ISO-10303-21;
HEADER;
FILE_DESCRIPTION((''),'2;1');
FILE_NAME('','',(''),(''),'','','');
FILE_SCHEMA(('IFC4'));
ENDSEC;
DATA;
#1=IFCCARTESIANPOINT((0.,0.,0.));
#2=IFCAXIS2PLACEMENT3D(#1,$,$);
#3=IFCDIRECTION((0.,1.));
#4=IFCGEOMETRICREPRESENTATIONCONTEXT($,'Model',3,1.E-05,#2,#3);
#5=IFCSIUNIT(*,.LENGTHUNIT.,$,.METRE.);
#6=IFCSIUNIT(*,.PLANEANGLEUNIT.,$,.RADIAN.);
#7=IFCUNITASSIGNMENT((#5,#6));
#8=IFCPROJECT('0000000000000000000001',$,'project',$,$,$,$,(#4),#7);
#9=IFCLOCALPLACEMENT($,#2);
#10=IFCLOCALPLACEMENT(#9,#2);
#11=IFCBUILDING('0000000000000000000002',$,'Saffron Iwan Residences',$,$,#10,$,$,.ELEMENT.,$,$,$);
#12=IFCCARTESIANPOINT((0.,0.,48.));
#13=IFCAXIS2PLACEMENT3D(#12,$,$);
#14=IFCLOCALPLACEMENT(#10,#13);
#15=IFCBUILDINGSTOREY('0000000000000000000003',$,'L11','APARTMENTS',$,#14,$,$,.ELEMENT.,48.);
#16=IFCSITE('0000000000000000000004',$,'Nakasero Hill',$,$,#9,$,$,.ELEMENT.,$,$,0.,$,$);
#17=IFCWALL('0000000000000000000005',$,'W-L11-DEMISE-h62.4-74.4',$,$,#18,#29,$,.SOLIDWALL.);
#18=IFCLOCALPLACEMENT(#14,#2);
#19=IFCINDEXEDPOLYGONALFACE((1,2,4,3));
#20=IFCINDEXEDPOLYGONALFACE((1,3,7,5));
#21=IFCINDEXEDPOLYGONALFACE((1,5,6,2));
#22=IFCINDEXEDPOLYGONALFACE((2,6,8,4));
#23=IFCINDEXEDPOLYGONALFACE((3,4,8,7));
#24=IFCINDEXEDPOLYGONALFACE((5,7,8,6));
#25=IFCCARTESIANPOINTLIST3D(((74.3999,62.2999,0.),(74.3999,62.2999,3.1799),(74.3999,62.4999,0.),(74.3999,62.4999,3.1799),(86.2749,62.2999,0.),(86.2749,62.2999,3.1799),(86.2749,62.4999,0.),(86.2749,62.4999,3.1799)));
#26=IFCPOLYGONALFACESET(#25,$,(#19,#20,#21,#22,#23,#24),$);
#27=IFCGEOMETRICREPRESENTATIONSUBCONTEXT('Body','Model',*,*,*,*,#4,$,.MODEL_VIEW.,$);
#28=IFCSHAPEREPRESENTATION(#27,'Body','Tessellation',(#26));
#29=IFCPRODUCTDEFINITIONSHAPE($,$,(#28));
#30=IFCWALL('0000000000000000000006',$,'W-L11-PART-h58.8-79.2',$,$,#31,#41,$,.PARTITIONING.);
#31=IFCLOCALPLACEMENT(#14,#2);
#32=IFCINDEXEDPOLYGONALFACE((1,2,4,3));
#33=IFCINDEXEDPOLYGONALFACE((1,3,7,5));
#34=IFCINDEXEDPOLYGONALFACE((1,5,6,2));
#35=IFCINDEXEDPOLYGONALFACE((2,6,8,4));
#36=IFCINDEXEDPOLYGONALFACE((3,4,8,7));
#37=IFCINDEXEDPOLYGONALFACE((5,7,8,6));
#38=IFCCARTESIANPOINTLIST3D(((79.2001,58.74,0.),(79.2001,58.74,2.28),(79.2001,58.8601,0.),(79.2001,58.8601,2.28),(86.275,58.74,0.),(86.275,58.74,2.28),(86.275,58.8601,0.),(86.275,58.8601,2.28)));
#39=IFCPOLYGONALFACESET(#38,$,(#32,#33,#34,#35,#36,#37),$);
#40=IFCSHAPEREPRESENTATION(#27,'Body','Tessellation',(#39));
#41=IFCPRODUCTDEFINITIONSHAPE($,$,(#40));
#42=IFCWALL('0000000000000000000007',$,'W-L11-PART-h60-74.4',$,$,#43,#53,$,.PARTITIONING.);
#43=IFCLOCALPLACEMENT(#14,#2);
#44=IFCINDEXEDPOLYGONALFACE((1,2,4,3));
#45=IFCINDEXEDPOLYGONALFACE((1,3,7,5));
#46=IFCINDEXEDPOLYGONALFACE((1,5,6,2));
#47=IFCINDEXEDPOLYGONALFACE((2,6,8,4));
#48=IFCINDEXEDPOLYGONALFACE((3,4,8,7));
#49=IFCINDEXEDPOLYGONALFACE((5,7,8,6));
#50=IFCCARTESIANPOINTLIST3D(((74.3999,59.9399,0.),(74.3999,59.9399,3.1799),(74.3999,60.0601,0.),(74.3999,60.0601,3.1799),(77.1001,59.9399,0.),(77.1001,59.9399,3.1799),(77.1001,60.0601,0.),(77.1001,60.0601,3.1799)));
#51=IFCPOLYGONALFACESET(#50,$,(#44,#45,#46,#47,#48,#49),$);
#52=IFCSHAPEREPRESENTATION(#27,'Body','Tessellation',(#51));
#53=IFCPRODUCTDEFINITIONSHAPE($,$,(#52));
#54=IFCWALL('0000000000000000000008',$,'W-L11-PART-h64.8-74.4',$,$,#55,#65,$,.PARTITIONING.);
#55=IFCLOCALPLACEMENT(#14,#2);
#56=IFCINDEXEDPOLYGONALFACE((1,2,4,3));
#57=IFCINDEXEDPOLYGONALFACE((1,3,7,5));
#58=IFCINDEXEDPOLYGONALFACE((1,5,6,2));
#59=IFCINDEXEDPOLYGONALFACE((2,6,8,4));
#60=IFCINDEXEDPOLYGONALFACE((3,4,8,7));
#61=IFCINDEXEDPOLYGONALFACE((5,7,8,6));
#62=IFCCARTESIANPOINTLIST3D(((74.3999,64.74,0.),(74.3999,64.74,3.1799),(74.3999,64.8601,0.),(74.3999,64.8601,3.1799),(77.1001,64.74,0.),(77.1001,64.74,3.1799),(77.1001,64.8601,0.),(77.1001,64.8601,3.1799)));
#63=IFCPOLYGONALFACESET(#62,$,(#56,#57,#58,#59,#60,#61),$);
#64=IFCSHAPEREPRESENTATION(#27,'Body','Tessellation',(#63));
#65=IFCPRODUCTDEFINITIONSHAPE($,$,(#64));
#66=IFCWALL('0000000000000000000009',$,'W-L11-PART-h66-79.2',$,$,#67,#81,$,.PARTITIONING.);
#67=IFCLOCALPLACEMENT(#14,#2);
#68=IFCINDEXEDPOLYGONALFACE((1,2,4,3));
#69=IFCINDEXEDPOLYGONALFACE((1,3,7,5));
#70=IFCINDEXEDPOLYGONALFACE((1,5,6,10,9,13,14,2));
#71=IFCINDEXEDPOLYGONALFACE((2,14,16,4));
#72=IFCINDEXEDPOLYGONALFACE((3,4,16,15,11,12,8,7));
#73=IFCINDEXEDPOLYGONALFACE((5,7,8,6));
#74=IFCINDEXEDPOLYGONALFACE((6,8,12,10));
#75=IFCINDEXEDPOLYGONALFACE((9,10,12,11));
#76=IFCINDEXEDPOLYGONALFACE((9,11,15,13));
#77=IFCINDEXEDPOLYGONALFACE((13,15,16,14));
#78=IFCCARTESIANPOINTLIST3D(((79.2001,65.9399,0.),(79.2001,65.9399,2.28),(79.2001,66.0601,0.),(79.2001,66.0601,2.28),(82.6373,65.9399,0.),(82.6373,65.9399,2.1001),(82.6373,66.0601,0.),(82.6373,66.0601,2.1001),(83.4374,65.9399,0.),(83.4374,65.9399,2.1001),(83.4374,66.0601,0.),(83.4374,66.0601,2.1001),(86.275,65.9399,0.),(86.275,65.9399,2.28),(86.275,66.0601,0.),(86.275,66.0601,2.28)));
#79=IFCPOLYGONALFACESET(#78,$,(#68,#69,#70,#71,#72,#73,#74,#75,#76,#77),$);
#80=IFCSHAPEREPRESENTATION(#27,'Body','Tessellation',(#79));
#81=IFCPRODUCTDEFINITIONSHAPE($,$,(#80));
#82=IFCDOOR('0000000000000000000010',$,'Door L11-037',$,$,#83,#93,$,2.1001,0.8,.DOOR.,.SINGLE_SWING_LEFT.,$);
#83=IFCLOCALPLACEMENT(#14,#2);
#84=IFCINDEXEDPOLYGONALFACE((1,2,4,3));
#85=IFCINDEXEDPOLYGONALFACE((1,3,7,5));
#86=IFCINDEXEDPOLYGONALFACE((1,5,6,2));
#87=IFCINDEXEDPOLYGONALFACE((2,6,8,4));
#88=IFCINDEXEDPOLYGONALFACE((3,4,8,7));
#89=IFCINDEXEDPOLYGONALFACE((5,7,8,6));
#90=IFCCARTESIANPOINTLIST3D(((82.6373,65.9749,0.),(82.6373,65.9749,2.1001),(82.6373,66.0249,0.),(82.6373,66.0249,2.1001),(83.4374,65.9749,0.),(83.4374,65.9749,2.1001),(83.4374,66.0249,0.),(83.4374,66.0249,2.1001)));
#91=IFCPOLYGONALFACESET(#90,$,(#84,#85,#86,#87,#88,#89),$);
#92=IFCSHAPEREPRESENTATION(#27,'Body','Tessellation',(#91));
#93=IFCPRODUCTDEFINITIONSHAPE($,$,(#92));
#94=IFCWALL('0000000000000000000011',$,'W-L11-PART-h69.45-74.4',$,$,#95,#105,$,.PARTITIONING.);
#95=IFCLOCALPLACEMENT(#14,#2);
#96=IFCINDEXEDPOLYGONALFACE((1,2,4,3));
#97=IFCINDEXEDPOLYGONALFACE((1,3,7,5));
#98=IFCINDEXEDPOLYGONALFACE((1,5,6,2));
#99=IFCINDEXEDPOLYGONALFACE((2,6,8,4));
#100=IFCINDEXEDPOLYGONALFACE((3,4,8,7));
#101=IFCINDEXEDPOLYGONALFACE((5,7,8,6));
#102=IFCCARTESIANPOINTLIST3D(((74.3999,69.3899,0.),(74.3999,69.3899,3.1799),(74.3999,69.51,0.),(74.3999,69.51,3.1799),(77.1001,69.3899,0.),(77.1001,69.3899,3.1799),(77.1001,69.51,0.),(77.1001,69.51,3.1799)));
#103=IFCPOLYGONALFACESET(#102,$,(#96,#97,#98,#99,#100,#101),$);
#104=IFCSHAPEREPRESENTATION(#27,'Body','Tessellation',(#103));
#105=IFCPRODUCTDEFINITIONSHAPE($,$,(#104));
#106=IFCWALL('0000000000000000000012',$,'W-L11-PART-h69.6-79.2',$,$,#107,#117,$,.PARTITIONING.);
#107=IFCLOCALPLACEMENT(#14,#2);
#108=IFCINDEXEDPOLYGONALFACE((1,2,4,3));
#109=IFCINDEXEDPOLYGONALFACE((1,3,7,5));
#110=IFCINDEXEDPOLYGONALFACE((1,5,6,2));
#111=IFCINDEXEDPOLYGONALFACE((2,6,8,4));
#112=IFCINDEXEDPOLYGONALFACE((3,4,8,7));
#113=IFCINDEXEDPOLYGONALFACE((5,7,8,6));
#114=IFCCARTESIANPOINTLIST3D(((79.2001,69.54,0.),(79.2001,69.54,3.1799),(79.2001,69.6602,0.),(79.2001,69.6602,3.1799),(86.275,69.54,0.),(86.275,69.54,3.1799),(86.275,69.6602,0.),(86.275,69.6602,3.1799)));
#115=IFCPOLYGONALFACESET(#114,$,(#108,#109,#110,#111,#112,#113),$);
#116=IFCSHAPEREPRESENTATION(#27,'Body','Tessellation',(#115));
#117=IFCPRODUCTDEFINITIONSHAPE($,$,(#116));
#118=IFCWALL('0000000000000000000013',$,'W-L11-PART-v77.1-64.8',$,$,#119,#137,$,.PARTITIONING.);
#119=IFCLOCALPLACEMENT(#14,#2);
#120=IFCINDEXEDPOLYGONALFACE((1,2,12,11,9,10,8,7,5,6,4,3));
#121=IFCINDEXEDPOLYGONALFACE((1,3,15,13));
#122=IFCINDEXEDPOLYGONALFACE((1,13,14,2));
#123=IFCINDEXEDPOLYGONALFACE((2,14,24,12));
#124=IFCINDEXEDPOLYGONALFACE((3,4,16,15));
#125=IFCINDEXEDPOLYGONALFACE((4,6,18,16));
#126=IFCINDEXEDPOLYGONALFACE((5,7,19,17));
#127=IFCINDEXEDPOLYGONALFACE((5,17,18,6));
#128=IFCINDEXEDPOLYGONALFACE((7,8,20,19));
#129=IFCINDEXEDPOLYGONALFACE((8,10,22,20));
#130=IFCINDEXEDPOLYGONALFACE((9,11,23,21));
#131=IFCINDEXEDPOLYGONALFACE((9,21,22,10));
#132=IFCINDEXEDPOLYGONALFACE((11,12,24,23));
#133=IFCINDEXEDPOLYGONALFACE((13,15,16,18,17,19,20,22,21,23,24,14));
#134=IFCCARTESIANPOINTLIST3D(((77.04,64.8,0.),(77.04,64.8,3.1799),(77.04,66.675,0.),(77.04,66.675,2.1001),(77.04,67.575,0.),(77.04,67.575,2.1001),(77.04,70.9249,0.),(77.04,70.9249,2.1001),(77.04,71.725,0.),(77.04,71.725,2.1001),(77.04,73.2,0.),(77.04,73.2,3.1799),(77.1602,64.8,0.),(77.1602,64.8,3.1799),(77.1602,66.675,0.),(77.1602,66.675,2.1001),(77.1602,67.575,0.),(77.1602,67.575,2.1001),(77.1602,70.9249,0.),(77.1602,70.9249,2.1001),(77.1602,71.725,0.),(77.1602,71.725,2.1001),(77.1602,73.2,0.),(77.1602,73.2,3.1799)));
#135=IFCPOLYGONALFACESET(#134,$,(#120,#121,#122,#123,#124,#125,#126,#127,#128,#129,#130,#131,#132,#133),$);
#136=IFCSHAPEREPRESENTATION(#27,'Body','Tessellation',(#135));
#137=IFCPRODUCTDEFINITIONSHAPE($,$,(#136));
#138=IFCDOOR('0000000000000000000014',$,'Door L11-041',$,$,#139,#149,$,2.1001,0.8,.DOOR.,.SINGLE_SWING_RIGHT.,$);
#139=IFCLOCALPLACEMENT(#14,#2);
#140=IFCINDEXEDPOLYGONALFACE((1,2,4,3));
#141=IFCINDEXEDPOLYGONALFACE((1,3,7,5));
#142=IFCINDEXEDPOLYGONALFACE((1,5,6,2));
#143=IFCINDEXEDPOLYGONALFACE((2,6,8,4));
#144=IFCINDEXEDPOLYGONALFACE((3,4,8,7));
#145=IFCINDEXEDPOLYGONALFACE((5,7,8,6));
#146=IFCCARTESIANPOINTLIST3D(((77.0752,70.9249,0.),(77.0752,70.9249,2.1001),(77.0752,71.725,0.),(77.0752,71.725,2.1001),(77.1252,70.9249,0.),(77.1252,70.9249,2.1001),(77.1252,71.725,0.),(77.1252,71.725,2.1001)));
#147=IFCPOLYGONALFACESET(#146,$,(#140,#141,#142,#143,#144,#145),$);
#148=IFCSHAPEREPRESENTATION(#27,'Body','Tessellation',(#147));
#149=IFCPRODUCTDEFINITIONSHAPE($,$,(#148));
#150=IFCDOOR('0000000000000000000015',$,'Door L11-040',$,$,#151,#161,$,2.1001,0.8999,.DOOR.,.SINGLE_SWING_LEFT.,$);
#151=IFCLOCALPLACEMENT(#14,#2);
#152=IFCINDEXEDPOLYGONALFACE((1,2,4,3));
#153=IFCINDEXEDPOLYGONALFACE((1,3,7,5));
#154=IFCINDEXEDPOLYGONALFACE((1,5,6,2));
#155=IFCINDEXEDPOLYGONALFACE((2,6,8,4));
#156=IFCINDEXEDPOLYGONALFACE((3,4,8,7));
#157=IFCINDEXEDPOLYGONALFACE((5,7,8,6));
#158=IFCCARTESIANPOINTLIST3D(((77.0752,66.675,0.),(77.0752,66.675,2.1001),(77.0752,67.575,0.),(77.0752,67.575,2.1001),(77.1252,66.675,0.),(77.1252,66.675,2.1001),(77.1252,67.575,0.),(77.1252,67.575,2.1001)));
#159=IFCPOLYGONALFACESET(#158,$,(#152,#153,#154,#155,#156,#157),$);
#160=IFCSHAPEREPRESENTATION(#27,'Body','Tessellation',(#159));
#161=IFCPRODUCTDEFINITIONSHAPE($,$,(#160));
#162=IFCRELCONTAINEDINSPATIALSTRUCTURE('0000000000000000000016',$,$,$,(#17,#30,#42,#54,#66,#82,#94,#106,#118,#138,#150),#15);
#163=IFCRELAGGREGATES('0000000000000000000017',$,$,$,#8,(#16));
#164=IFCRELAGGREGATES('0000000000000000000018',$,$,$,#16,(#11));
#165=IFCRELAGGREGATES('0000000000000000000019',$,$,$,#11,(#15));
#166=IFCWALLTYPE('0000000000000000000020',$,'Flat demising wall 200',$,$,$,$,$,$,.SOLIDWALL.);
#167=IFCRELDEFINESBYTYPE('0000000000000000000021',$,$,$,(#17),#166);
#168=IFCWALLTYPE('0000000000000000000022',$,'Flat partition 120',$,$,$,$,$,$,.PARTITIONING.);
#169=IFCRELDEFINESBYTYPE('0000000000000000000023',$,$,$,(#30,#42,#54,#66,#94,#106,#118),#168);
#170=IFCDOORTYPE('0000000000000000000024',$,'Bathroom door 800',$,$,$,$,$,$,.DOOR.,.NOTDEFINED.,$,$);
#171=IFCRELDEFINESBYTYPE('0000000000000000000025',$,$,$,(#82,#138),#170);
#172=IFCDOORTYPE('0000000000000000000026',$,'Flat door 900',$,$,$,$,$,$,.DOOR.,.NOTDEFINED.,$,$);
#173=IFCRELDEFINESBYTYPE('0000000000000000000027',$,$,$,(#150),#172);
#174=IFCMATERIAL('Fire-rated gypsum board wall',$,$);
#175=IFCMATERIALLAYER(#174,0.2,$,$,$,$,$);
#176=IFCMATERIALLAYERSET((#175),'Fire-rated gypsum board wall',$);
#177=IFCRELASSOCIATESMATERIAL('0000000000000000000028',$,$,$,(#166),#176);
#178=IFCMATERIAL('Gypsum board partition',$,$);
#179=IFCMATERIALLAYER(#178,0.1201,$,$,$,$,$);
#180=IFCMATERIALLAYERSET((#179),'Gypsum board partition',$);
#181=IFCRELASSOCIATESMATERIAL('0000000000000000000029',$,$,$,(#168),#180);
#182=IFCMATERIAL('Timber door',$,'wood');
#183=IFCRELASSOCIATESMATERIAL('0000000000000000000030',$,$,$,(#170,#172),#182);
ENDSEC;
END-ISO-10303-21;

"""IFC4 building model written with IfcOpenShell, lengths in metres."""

from ifc_helpers import new_model, si_unit, direction, frame, frame_2d, origin, place, context, subcontext, project, spatial, rectangle, extrude, material, layer, layer_set, type_object, element, fill, save


model = new_model("IFC4")

# Units and contexts
model_context = context("Model", 3, precision=1e-05, world=origin(), true_north=direction((0.0, 1.0)))
body_context = subcontext(model_context, "Body", "Model", "MODEL_VIEW")
ifc_project = project(units=[si_unit("LENGTHUNIT", "METRE"), si_unit("PLANEANGLEUNIT", "RADIAN")], contexts=[model_context])

# Site, building, storey
site_placement = place(None, origin())
site = spatial("IfcSite", under=ifc_project, at=site_placement, Name="Nakasero Hill", CompositionType="ELEMENT", RefElevation=0.0)
building_placement = place(site_placement, origin())
building = spatial("IfcBuilding", under=site, at=building_placement, Name="Saffron Iwan Residences", CompositionType="ELEMENT")
storey_placement = place(building_placement, frame((0.0, 0.0, 48.0)))
storey = spatial("IfcBuildingStorey", under=building, at=storey_placement, Name="L11", Description="APARTMENTS", CompositionType="ELEMENT", Elevation=48.0)

# Walls
ifc_material_1 = material(Name="Fire-rated gypsum board wall")
ifc_layer_1 = layer(ifc_material_1, 0.2)
ifc_layer_set_1 = layer_set([ifc_layer_1], Name="Fire-rated gypsum board wall")
wall_type_1 = type_object("IfcWallType", Name="Flat demising wall 200", PredefinedType="SOLIDWALL", material=ifc_layer_set_1)
wall_1_placement = place(storey_placement, frame((74.3999, 62.3999, 0.0), z_axis=(0.0, 0.0, 1.0), x_axis=(1.0, 0.0, 0.0)))
element("IfcWall", 1, at=wall_1_placement, inside=storey, type_object=wall_type_1, Name="W-L11-DEMISE-h62.4-74.4", PredefinedType="SOLIDWALL", context=body_context, shape_type="SweptSolid", body=[
    extrude(rectangle(XDim=11.875, YDim=0.2, at=frame_2d((5.9375, 0.0))), origin(), (0.0, 0.0, 1.0), 3.1799),
])
ifc_material_2 = material(Name="Gypsum board partition")
ifc_layer_2 = layer(ifc_material_2, 0.1201)
ifc_layer_set_2 = layer_set([ifc_layer_2], Name="Gypsum board partition")
wall_type_2 = type_object("IfcWallType", Name="Flat partition 120", PredefinedType="PARTITIONING", material=ifc_layer_set_2)
wall_2_placement = place(storey_placement, frame((79.2, 58.8, 0.0), z_axis=(0.0, 0.0, 1.0), x_axis=(1.0, 0.0, 0.0)))
element("IfcWall", 2, at=wall_2_placement, inside=storey, type_object=wall_type_2, Name="W-L11-PART-h58.8-79.2", PredefinedType="PARTITIONING", context=body_context, shape_type="SweptSolid", body=[
    extrude(rectangle(XDim=7.075, YDim=0.1201, at=frame_2d((3.5376, 0.0))), origin(), (0.0, 0.0, 1.0), 2.28),
])
for number, where, z_axis, x_axis, name in (
    (3, (74.3999, 60.0, 0.0), (0.0, 0.0, 1.0), (1.0, 0.0, 0.0), "W-L11-PART-h60-74.4"),
    (4, (74.3999, 64.8, 0.0), (0.0, 0.0, 1.0), (1.0, 0.0, 0.0), "W-L11-PART-h64.8-74.4"),
):
    element("IfcWall", number, at=place(storey_placement, frame(where, z_axis=z_axis, x_axis=x_axis)), inside=storey, type_object=wall_type_2, Name=name, PredefinedType="PARTITIONING", context=body_context, shape_type="SweptSolid", body=[
        extrude(rectangle(XDim=2.7002, YDim=0.1201, at=frame_2d((1.3501, 0.0))), origin(), (0.0, 0.0, 1.0), 3.1799),
    ])

# Wall, opening, door
wall_3_placement = place(storey_placement, frame((79.2, 66.0, 0.0), z_axis=(0.0, 0.0, 1.0), x_axis=(1.0, 0.0, 0.0)))
wall_3 = element("IfcWall", 5, at=wall_3_placement, inside=storey, type_object=wall_type_2, Name="W-L11-PART-h66-79.2", PredefinedType="PARTITIONING", context=body_context, shape_type="SweptSolid", body=[
    extrude(rectangle(XDim=7.075, YDim=0.1201, at=frame_2d((3.5376, 0.0))), origin(), (0.0, 0.0, 1.0), 2.28),
])
opening_1_placement = place(wall_3_placement, frame((3.4375, 0.0, 0.0)))
opening_1 = element("IfcOpeningElement", 6, at=opening_1_placement, cuts=wall_3, PredefinedType="OPENING", context=body_context, shape_type="SweptSolid", body=[
    extrude(rectangle(XDim=0.8, YDim=2.1001, at=frame_2d((0.3999, 1.05))), frame((0.0, 0.0701, 0.0), z_axis=(0.0, -1.0, 0.0), x_axis=(1.0, 0.0, 0.0)), (0.0, 0.0, 1.0), 0.1401),
])
ifc_material_3 = material(Name="Timber door", Category="wood")
door_type_1 = type_object("IfcDoorType", Name="Bathroom door 800", OperationType="NOTDEFINED", PredefinedType="DOOR", material=ifc_material_3)
door_1_placement = place(opening_1_placement, origin())
door_1 = element("IfcDoor", 7, at=door_1_placement, inside=storey, type_object=door_type_1, Name="Door L11-037", OperationType="SINGLE_SWING_LEFT", OverallHeight=2.1001, OverallWidth=0.8, PredefinedType="DOOR", context=body_context, shape_type="SweptSolid", body=[
    extrude(rectangle(XDim=0.8, YDim=2.1001, at=frame_2d((0.3999, 1.05))), frame((0.0, 0.0249, 0.0), z_axis=(0.0, -1.0, 0.0), x_axis=(1.0, 0.0, 0.0)), (0.0, 0.0, 1.0), 0.05),
])
fill(opening_1, door_1)

# Walls
wall_4_placement = place(storey_placement, frame((74.3999, 69.45, 0.0), z_axis=(0.0, 0.0, 1.0), x_axis=(1.0, 0.0, 0.0)))
element("IfcWall", 8, at=wall_4_placement, inside=storey, type_object=wall_type_2, Name="W-L11-PART-h69.45-74.4", PredefinedType="PARTITIONING", context=body_context, shape_type="SweptSolid", body=[
    extrude(rectangle(XDim=2.7002, YDim=0.1201, at=frame_2d((1.3501, 0.0))), origin(), (0.0, 0.0, 1.0), 3.1799),
])
wall_5_placement = place(storey_placement, frame((79.2, 69.6001, 0.0), z_axis=(0.0, 0.0, 1.0), x_axis=(1.0, 0.0, 0.0)))
element("IfcWall", 9, at=wall_5_placement, inside=storey, type_object=wall_type_2, Name="W-L11-PART-h69.6-79.2", PredefinedType="PARTITIONING", context=body_context, shape_type="SweptSolid", body=[
    extrude(rectangle(XDim=7.075, YDim=0.1201, at=frame_2d((3.5376, 0.0))), origin(), (0.0, 0.0, 1.0), 3.1799),
])

# Wall, openings, doors
wall_6_placement = place(storey_placement, frame((77.1001, 64.8, 0.0), z_axis=(0.0, 0.0, 1.0), x_axis=(0.0, 1.0, 0.0)))
wall_6 = element("IfcWall", 10, at=wall_6_placement, inside=storey, type_object=wall_type_2, Name="W-L11-PART-v77.1-64.8", PredefinedType="PARTITIONING", context=body_context, shape_type="SweptSolid", body=[
    extrude(rectangle(XDim=8.3999, YDim=0.1201, at=frame_2d((4.2, 0.0))), origin(), (0.0, 0.0, 1.0), 3.1799),
])
opening_2_placement = place(wall_6_placement, frame((1.875, 0.0, 0.0)))
opening_2 = element("IfcOpeningElement", 11, at=opening_2_placement, cuts=wall_6, PredefinedType="OPENING", context=body_context, shape_type="SweptSolid", body=[
    extrude(rectangle(XDim=0.8999, YDim=2.1001, at=frame_2d((0.45, 1.05))), frame((0.0, 0.0701, 0.0), z_axis=(0.0, -1.0, 0.0), x_axis=(1.0, 0.0, 0.0)), (0.0, 0.0, 1.0), 0.1401),
])
opening_3_placement = place(wall_6_placement, frame((6.125, 0.0, 0.0)))
opening_3 = element("IfcOpeningElement", 12, at=opening_3_placement, cuts=wall_6, PredefinedType="OPENING", context=body_context, shape_type="SweptSolid", body=[
    extrude(rectangle(XDim=0.8, YDim=2.1001, at=frame_2d((0.3999, 1.05))), frame((0.0, 0.0701, 0.0), z_axis=(0.0, -1.0, 0.0), x_axis=(1.0, 0.0, 0.0)), (0.0, 0.0, 1.0), 0.1401),
])
door_2_placement = place(opening_3_placement, origin())
door_2 = element("IfcDoor", 13, at=door_2_placement, inside=storey, type_object=door_type_1, Name="Door L11-041", OperationType="SINGLE_SWING_RIGHT", OverallHeight=2.1001, OverallWidth=0.8, PredefinedType="DOOR", context=body_context, shape_type="SweptSolid", body=[
    extrude(rectangle(XDim=0.8, YDim=2.1001, at=frame_2d((0.3999, 1.05))), frame((0.0, 0.0249, 0.0), z_axis=(0.0, -1.0, 0.0), x_axis=(1.0, 0.0, 0.0)), (0.0, 0.0, 1.0), 0.05),
])
fill(opening_3, door_2)
door_type_2 = type_object("IfcDoorType", Name="Flat door 900", OperationType="NOTDEFINED", PredefinedType="DOOR", material=ifc_material_3)
door_3_placement = place(opening_2_placement, origin())
door_3 = element("IfcDoor", 14, at=door_3_placement, inside=storey, type_object=door_type_2, Name="Door L11-040", OperationType="SINGLE_SWING_LEFT", OverallHeight=2.1001, OverallWidth=0.8999, PredefinedType="DOOR", context=body_context, shape_type="SweptSolid", body=[
    extrude(rectangle(XDim=0.8999, YDim=2.1001, at=frame_2d((0.45, 1.05))), frame((0.0, 0.0249, 0.0), z_axis=(0.0, -1.0, 0.0), x_axis=(1.0, 0.0, 0.0)), (0.0, 0.0, 1.0), 0.05),
])
fill(opening_2, door_3)

save(model, "model.ifc")
